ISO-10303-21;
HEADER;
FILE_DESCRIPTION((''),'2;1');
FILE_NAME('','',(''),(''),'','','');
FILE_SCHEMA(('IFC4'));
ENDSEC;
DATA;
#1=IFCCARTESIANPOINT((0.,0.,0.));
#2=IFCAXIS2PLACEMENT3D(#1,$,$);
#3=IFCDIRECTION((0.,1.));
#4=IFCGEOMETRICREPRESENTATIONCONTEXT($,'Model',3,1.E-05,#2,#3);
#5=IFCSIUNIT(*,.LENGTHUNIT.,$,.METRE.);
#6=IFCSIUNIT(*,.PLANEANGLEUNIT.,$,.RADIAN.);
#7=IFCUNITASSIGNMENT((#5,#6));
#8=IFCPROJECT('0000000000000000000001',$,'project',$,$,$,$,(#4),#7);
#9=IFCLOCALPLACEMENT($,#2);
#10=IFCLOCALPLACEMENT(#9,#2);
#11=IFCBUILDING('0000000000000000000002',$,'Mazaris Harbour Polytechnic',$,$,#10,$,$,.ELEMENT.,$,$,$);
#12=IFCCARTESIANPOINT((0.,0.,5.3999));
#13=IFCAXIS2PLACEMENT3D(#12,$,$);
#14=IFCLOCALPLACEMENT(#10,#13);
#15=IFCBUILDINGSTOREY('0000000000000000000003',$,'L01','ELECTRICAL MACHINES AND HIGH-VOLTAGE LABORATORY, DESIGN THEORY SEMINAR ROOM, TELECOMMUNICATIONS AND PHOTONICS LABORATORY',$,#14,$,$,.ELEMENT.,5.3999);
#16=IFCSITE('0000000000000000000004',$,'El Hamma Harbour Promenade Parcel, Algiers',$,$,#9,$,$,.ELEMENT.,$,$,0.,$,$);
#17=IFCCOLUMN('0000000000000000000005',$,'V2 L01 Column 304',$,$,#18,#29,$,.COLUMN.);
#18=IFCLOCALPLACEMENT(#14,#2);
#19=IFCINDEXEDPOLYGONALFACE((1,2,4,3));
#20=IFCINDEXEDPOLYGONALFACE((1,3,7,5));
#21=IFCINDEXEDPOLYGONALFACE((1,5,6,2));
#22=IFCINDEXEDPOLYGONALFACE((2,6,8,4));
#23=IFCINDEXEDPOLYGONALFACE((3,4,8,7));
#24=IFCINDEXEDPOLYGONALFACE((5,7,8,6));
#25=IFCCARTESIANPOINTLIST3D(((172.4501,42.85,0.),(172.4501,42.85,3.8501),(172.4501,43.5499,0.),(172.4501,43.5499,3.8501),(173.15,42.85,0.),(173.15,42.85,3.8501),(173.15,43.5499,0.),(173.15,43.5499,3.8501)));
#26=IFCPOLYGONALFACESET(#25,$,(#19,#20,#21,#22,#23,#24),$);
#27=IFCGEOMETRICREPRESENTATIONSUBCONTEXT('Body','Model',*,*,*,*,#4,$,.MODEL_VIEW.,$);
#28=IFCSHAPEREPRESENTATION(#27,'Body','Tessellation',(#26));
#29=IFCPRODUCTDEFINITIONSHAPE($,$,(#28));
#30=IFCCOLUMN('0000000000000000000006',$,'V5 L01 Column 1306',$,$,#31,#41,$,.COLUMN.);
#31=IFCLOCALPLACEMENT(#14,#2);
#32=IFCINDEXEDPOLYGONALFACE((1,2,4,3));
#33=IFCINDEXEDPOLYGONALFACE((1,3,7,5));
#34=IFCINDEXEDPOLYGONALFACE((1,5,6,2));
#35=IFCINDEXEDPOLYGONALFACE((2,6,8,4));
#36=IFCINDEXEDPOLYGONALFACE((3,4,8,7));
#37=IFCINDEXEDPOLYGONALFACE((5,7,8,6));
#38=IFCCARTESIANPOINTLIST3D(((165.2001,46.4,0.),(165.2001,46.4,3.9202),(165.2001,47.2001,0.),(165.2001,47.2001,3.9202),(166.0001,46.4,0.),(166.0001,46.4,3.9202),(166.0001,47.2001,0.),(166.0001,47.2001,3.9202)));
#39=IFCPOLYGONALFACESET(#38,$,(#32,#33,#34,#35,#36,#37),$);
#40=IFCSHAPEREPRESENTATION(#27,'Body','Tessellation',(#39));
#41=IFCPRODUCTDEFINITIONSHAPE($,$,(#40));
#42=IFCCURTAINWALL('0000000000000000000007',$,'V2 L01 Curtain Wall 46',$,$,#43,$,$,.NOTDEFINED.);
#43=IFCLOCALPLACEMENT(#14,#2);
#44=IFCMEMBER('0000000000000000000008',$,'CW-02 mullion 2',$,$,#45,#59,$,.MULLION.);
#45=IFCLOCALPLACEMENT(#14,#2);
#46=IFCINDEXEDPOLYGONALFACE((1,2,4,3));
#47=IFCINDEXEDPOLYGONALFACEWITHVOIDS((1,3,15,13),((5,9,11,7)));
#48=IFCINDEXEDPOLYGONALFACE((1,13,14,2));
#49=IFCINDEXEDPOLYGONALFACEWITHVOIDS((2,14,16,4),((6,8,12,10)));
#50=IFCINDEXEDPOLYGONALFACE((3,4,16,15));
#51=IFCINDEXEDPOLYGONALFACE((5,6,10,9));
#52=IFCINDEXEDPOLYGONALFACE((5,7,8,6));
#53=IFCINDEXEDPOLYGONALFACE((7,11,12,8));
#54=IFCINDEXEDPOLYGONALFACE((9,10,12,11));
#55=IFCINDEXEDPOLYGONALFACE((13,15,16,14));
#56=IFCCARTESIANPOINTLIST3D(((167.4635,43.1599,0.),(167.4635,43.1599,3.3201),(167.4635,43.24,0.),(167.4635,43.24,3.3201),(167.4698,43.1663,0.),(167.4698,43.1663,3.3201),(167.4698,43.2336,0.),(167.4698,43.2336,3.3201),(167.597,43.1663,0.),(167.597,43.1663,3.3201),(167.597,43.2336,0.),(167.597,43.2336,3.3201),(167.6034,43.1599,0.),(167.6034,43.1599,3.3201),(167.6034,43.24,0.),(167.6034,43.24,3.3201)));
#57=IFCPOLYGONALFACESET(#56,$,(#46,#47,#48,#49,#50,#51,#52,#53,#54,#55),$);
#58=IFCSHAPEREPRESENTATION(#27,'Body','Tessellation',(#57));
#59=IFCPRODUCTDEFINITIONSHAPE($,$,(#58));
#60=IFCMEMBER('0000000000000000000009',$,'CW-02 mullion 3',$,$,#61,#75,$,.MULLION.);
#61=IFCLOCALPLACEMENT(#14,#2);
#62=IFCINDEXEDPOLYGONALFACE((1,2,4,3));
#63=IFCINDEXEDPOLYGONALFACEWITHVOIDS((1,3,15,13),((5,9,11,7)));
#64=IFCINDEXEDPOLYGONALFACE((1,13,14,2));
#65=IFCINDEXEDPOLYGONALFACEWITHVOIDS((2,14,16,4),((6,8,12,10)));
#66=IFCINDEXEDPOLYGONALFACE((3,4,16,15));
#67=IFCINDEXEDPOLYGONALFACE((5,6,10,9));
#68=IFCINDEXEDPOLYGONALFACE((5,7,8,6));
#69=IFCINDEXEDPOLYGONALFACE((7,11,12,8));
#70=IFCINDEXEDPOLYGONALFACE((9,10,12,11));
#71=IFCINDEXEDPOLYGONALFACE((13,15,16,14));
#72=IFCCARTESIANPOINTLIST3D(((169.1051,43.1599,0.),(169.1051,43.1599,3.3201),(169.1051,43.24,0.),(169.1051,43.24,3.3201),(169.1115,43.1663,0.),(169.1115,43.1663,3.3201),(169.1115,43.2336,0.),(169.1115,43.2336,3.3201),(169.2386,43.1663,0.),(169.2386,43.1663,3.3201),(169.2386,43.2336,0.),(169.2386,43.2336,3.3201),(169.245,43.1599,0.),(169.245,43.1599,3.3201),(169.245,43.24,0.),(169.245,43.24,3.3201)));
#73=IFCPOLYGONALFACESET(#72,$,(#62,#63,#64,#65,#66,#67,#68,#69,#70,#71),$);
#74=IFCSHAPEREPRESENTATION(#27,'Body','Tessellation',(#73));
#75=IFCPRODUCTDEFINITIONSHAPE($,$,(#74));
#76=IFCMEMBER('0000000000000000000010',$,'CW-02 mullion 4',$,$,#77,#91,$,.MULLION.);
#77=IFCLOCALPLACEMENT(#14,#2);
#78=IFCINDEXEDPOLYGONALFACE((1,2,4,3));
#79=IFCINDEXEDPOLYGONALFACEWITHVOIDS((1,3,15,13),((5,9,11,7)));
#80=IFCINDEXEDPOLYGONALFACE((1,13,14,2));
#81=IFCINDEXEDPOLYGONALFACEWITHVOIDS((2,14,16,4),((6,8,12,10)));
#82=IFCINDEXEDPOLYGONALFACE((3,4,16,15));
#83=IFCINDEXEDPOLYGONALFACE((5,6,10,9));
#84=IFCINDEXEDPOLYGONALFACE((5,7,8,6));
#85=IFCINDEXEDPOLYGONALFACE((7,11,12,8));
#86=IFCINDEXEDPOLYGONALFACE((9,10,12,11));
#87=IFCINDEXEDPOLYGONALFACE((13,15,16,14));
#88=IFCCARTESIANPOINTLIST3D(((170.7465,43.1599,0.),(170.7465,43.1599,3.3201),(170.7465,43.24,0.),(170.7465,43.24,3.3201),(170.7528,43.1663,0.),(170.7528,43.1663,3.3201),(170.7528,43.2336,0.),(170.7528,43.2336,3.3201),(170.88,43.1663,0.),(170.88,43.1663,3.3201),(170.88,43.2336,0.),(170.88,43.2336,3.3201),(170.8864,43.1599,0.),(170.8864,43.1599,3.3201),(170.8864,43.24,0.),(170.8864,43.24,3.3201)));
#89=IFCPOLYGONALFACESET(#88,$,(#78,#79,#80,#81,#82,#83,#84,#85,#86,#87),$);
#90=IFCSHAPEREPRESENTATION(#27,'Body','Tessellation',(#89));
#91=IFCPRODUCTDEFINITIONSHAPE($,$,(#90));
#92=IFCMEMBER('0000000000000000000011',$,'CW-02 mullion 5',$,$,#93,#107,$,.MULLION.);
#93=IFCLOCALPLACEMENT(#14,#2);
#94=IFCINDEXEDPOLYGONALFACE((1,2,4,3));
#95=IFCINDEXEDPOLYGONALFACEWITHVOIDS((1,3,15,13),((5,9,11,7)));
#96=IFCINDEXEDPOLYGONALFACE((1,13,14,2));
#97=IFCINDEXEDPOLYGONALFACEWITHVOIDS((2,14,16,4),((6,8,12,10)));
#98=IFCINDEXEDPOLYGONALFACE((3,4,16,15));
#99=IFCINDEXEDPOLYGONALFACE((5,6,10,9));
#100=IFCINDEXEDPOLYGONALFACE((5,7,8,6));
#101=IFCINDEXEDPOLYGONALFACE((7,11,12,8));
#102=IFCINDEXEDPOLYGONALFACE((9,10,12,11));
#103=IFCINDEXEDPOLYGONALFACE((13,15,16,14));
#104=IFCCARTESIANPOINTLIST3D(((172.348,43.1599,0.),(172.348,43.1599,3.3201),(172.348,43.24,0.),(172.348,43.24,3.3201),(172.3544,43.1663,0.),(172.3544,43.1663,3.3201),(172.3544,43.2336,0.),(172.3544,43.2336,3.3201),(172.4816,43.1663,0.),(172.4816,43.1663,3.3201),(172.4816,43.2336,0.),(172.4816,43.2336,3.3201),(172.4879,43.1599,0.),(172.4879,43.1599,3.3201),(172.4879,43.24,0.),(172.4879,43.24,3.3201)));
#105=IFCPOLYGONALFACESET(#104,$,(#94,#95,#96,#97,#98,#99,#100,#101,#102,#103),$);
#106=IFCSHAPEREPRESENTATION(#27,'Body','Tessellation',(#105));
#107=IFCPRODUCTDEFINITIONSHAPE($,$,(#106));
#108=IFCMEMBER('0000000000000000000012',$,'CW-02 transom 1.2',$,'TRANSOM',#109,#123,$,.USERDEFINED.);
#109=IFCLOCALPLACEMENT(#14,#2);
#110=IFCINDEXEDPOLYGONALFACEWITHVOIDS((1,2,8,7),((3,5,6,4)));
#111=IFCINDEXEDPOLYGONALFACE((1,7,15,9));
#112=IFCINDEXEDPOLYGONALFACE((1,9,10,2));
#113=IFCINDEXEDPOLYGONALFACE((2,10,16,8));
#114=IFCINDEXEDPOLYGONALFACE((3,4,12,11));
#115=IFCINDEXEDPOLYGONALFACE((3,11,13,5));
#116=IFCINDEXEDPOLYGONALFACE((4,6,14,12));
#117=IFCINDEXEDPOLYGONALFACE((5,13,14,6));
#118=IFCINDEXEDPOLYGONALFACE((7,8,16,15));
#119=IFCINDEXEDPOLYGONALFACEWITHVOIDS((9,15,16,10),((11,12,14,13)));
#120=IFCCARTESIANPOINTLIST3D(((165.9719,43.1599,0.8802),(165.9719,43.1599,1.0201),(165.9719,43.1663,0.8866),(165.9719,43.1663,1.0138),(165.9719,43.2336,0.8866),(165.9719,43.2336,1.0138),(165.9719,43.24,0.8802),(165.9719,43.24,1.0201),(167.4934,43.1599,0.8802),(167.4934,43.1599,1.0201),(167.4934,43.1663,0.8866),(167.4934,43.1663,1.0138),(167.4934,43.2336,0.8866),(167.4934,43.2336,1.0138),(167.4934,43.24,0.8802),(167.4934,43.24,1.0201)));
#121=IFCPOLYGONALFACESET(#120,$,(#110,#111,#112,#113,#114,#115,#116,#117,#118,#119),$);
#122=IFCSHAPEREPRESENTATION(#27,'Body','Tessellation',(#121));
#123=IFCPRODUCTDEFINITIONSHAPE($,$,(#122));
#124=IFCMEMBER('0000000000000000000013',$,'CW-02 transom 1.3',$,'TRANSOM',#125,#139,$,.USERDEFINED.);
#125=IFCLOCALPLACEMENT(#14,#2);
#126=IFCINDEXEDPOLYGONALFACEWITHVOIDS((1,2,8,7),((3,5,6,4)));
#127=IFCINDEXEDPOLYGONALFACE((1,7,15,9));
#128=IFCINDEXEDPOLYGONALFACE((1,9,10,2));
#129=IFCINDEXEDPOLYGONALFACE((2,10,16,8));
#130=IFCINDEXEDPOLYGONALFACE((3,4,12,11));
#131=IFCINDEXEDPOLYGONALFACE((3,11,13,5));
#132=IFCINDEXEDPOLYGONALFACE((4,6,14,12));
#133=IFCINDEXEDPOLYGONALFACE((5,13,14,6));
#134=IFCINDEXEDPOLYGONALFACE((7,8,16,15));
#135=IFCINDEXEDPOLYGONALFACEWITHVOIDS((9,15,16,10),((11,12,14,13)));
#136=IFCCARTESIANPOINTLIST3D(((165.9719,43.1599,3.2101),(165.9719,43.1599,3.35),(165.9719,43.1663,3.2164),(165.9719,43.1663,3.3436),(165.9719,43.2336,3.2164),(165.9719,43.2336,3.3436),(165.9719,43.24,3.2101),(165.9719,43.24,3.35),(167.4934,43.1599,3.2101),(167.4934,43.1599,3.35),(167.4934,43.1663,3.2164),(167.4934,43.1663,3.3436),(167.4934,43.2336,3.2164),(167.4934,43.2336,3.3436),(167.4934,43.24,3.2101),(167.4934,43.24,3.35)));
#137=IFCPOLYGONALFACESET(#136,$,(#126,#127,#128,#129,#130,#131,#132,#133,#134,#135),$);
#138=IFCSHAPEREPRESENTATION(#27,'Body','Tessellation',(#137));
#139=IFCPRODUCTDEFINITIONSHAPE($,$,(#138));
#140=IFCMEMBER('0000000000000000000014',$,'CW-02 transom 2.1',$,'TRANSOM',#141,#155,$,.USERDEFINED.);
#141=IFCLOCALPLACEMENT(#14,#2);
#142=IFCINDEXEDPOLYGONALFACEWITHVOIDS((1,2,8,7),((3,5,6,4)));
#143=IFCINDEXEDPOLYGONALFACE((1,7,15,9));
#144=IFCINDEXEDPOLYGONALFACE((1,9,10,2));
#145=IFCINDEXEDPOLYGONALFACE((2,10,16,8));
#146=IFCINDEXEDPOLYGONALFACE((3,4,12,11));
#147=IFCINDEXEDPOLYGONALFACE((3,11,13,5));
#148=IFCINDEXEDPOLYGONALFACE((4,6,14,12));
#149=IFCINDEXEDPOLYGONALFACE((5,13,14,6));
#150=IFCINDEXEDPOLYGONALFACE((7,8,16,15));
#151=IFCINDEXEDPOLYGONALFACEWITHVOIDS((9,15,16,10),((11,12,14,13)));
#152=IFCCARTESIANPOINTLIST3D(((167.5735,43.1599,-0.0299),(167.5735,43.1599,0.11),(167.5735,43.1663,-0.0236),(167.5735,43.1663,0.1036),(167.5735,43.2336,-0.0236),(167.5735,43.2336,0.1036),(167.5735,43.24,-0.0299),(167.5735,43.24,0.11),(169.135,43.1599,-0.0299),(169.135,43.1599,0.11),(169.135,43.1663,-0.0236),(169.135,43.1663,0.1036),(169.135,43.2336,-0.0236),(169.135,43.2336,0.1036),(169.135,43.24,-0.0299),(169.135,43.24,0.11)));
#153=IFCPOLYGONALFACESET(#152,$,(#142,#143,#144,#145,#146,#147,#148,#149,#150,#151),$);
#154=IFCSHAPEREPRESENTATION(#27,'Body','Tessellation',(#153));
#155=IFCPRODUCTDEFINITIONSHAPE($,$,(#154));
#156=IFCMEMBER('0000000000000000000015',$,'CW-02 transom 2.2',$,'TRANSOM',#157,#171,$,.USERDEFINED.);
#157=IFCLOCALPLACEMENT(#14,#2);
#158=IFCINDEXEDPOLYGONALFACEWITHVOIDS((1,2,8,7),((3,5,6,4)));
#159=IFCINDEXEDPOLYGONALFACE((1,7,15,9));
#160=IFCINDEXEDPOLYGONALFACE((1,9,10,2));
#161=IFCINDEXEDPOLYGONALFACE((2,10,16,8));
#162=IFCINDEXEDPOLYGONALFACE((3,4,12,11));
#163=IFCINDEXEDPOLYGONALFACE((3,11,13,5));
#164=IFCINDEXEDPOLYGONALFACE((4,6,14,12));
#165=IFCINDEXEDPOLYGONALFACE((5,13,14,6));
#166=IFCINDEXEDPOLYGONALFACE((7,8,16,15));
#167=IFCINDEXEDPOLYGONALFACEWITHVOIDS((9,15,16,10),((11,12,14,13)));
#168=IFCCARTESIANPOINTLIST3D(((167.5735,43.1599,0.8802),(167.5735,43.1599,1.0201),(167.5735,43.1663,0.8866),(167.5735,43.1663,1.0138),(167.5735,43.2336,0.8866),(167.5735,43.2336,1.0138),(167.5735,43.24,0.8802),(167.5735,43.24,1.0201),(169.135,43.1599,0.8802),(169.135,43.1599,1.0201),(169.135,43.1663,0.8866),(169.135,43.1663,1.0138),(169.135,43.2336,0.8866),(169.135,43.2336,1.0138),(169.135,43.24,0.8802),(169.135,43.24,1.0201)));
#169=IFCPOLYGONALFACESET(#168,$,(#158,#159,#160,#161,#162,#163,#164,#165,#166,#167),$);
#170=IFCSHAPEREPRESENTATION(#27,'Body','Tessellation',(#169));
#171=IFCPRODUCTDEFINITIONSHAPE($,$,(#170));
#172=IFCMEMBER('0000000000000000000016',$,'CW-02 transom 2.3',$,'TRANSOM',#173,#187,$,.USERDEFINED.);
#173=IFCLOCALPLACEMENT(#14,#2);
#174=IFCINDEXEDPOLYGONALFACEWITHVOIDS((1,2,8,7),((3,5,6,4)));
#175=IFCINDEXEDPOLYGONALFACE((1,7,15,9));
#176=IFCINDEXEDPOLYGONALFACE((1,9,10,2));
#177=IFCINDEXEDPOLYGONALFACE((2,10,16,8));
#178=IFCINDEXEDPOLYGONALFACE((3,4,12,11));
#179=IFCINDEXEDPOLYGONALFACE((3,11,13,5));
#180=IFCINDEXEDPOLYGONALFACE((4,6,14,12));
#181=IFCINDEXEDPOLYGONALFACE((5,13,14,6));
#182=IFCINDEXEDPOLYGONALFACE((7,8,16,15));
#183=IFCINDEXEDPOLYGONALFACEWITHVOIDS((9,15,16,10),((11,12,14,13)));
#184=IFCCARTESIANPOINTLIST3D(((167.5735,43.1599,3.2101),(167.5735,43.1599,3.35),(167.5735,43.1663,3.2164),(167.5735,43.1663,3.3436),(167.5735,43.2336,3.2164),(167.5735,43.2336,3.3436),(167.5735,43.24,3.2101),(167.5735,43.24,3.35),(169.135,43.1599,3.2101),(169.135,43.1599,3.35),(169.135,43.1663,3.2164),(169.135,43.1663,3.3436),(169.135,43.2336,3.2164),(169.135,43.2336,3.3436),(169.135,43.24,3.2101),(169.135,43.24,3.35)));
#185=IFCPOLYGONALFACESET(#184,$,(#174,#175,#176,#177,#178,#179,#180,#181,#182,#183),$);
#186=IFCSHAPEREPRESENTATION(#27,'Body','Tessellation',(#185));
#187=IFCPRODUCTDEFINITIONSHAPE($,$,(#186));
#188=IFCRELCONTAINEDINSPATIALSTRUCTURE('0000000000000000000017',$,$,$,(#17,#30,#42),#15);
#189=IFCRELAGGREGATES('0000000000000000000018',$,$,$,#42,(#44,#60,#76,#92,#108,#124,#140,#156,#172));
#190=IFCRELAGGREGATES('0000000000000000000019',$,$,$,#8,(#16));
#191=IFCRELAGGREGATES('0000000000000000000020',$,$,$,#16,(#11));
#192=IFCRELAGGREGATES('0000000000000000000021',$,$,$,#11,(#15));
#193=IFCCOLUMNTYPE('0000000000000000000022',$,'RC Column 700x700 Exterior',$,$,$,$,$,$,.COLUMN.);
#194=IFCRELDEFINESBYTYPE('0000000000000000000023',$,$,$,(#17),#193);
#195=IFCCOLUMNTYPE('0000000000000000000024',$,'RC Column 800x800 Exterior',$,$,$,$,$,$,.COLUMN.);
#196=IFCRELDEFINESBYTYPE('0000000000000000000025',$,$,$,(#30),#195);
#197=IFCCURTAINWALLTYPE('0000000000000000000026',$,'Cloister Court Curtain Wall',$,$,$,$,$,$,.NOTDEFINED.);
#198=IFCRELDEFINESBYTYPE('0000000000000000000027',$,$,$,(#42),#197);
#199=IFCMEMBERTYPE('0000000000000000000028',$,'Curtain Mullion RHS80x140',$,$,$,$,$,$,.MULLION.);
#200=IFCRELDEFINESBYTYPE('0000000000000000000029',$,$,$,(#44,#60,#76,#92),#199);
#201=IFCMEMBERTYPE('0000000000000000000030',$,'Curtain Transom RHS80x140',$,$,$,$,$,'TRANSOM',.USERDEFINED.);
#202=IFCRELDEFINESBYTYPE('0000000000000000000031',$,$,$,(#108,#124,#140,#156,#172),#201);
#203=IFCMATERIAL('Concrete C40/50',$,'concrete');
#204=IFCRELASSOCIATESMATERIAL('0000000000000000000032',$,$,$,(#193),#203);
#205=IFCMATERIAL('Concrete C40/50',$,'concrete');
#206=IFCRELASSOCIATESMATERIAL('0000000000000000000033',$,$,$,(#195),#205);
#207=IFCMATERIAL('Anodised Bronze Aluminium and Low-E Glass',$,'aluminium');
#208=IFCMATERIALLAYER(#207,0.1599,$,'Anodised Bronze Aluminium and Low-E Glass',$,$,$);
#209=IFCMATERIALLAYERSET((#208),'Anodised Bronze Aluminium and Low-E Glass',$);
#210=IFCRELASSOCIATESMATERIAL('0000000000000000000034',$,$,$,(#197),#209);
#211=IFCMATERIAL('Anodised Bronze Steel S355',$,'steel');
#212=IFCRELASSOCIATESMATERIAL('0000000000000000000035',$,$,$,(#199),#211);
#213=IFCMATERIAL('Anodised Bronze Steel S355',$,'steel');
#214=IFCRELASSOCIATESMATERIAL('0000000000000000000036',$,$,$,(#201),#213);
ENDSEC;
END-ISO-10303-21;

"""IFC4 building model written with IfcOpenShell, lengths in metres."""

from ifc_helpers import new_model, si_unit, direction, frame, origin, origin_2d, place, context, subcontext, project, spatial, rectangle, hollow_rectangle, extrude, material, layer, layer_set, material_profile, profile_set, type_object, element, aggregate, save


model = new_model("IFC4")

# Units and contexts
model_context = context("Model", 3, precision=1e-05, world=origin(), true_north=direction((0.0, 1.0)))
body_context = subcontext(model_context, "Body", "Model", "MODEL_VIEW")
ifc_project = project(units=[si_unit("LENGTHUNIT", "METRE"), si_unit("PLANEANGLEUNIT", "RADIAN")], contexts=[model_context])

# Site, building, storey
site_placement = place(None, origin())
site = spatial("IfcSite", under=ifc_project, at=site_placement, Name="El Hamma Harbour Promenade Parcel, Algiers", CompositionType="ELEMENT", RefElevation=0.0)
building_placement = place(site_placement, origin())
building = spatial("IfcBuilding", under=site, at=building_placement, Name="Mazaris Harbour Polytechnic", CompositionType="ELEMENT")
storey_placement = place(building_placement, frame((0.0, 0.0, 5.3999)))
storey = spatial("IfcBuildingStorey", under=building, at=storey_placement, Name="L01", Description="ELECTRICAL MACHINES AND HIGH-VOLTAGE LABORATORY, DESIGN THEORY SEMINAR ROOM, TELECOMMUNICATIONS AND PHOTONICS LABORATORY", CompositionType="ELEMENT", Elevation=5.3999)

# Columns
ifc_material_1 = material(Name="Concrete C40/50", Category="concrete")
ifc_material_profile_1 = material_profile(ifc_material_1, rectangle(XDim=0.7, YDim=0.7, at=origin_2d()), Name="RECT700x700")
ifc_profile_set_1 = profile_set([ifc_material_profile_1], Name="Concrete C40/50")
column_type_1 = type_object("IfcColumnType", Name="RC Column 700x700 Exterior", PredefinedType="COLUMN", material=ifc_profile_set_1)
column_1_placement = place(storey_placement, frame((172.8, 43.2, 0.0), z_axis=(0.0, 0.0, 1.0), x_axis=(1.0, 0.0, 0.0)))
element("IfcColumn", 1, at=column_1_placement, inside=storey, type_object=column_type_1, Name="V2 L01 Column 304", PredefinedType="COLUMN", context=body_context, shape_type="SweptSolid", body=[
    extrude(rectangle(XDim=0.7, YDim=0.7, at=origin_2d()), origin(), (0.0, 0.0, 1.0), 3.8501),
])
ifc_material_2 = material(Name="Concrete C40/50", Category="concrete")
ifc_material_profile_2 = material_profile(ifc_material_2, rectangle(XDim=0.8, YDim=0.8, at=origin_2d()), Name="RECT800x800")
ifc_profile_set_2 = profile_set([ifc_material_profile_2], Name="Concrete C40/50")
column_type_2 = type_object("IfcColumnType", Name="RC Column 800x800 Exterior", PredefinedType="COLUMN", material=ifc_profile_set_2)
column_2_placement = place(storey_placement, frame((165.6001, 46.8, 0.0), z_axis=(0.0, 0.0, 1.0), x_axis=(1.0, 0.0, 0.0)))
element("IfcColumn", 2, at=column_2_placement, inside=storey, type_object=column_type_2, Name="V5 L01 Column 1306", PredefinedType="COLUMN", context=body_context, shape_type="SweptSolid", body=[
    extrude(rectangle(XDim=0.8, YDim=0.8, at=origin_2d()), origin(), (0.0, 0.0, 1.0), 3.9202),
])

# Curtain wall, members
ifc_material_3 = material(Name="Anodised Bronze Aluminium and Low-E Glass", Category="aluminium")
ifc_layer_1 = layer(ifc_material_3, 0.1599, Name="Anodised Bronze Aluminium and Low-E Glass")
ifc_layer_set_1 = layer_set([ifc_layer_1], Name="Anodised Bronze Aluminium and Low-E Glass")
curtain_wall_type = type_object("IfcCurtainWallType", Name="Cloister Court Curtain Wall", PredefinedType="NOTDEFINED", material=ifc_layer_set_1)
curtain_wall_placement = place(storey_placement, origin())
curtain_wall = element("IfcCurtainWall", 3, at=curtain_wall_placement, inside=storey, type_object=curtain_wall_type, Name="V2 L01 Curtain Wall 46", PredefinedType="NOTDEFINED")
ifc_material_4 = material(Name="Anodised Bronze Steel S355", Category="steel")
ifc_material_profile_3 = material_profile(ifc_material_4, hollow_rectangle(XDim=0.0801, YDim=0.1399, WallThickness=0.0063, at=origin_2d()), Name="RHS 80x140x6.3")
ifc_profile_set_3 = profile_set([ifc_material_profile_3], Name="Anodised Bronze Steel S355")
member_type_1 = type_object("IfcMemberType", Name="Curtain Mullion RHS80x140", PredefinedType="MULLION", material=ifc_profile_set_3)
member_1_placement = place(storey_placement, frame((167.5334, 43.2, 0.0), z_axis=(0.0, 0.0, 1.0), x_axis=(0.0, 1.0, 0.0)))
member_1 = element("IfcMember", 4, at=member_1_placement, type_object=member_type_1, Name="CW-02 mullion 2", PredefinedType="MULLION", context=body_context, shape_type="SweptSolid", body=[
    extrude(hollow_rectangle(XDim=0.0801, YDim=0.1399, WallThickness=0.0063, at=origin_2d()), origin(), (0.0, 0.0, 1.0), 3.3201),
])
member_2_placement = place(storey_placement, frame((169.175, 43.2, 0.0), z_axis=(0.0, 0.0, 1.0), x_axis=(0.0, 1.0, 0.0)))
member_2 = element("IfcMember", 5, at=member_2_placement, type_object=member_type_1, Name="CW-02 mullion 3", PredefinedType="MULLION", context=body_context, shape_type="SweptSolid", body=[
    extrude(hollow_rectangle(XDim=0.0801, YDim=0.1399, WallThickness=0.0063, at=origin_2d()), origin(), (0.0, 0.0, 1.0), 3.3201),
])
member_3_placement = place(storey_placement, frame((170.8164, 43.2, 0.0), z_axis=(0.0, 0.0, 1.0), x_axis=(0.0, 1.0, 0.0)))
member_3 = element("IfcMember", 6, at=member_3_placement, type_object=member_type_1, Name="CW-02 mullion 4", PredefinedType="MULLION", context=body_context, shape_type="SweptSolid", body=[
    extrude(hollow_rectangle(XDim=0.0801, YDim=0.1399, WallThickness=0.0063, at=origin_2d()), origin(), (0.0, 0.0, 1.0), 3.3201),
])
member_4_placement = place(storey_placement, frame((172.418, 43.2, 0.0), z_axis=(0.0, 0.0, 1.0), x_axis=(0.0, 1.0, 0.0)))
member_4 = element("IfcMember", 7, at=member_4_placement, type_object=member_type_1, Name="CW-02 mullion 5", PredefinedType="MULLION", context=body_context, shape_type="SweptSolid", body=[
    extrude(hollow_rectangle(XDim=0.0801, YDim=0.1399, WallThickness=0.0063, at=origin_2d()), origin(), (0.0, 0.0, 1.0), 3.3201),
])
ifc_material_5 = material(Name="Anodised Bronze Steel S355", Category="steel")
ifc_material_profile_4 = material_profile(ifc_material_5, hollow_rectangle(XDim=0.0801, YDim=0.1399, WallThickness=0.0063, at=origin_2d()), Name="RHS 80x140x6.3")
ifc_profile_set_4 = profile_set([ifc_material_profile_4], Name="Anodised Bronze Steel S355")
member_type_2 = type_object("IfcMemberType", Name="Curtain Transom RHS80x140", ElementType="TRANSOM", PredefinedType="USERDEFINED", material=ifc_profile_set_4)
member_5_placement = place(storey_placement, frame((165.9719, 43.2, 0.9502), z_axis=(1.0, 0.0, 0.0), x_axis=(0.0, 1.0, 0.0)))
member_5 = element("IfcMember", 8, at=member_5_placement, type_object=member_type_2, Name="CW-02 transom 1.2", ObjectType="TRANSOM", PredefinedType="USERDEFINED", context=body_context, shape_type="SweptSolid", body=[
    extrude(hollow_rectangle(XDim=0.0801, YDim=0.1399, WallThickness=0.0063, at=origin_2d()), origin(), (0.0, 0.0, 1.0), 1.5215),
])
member_6_placement = place(storey_placement, frame((165.9719, 43.2, 3.28), z_axis=(1.0, 0.0, 0.0), x_axis=(0.0, 1.0, 0.0)))
member_6 = element("IfcMember", 9, at=member_6_placement, type_object=member_type_2, Name="CW-02 transom 1.3", ObjectType="TRANSOM", PredefinedType="USERDEFINED", context=body_context, shape_type="SweptSolid", body=[
    extrude(hollow_rectangle(XDim=0.0801, YDim=0.1399, WallThickness=0.0063, at=origin_2d()), origin(), (0.0, 0.0, 1.0), 1.5215),
])
member_7_placement = place(storey_placement, frame((167.5735, 43.2, 0.04), z_axis=(1.0, 0.0, 0.0), x_axis=(0.0, 1.0, 0.0)))
member_7 = element("IfcMember", 10, at=member_7_placement, type_object=member_type_2, Name="CW-02 transom 2.1", ObjectType="TRANSOM", PredefinedType="USERDEFINED", context=body_context, shape_type="SweptSolid", body=[
    extrude(hollow_rectangle(XDim=0.0801, YDim=0.1399, WallThickness=0.0063, at=origin_2d()), origin(), (0.0, 0.0, 1.0), 1.5615),
])
member_8_placement = place(storey_placement, frame((167.5735, 43.2, 0.9502), z_axis=(1.0, 0.0, 0.0), x_axis=(0.0, 1.0, 0.0)))
member_8 = element("IfcMember", 11, at=member_8_placement, type_object=member_type_2, Name="CW-02 transom 2.2", ObjectType="TRANSOM", PredefinedType="USERDEFINED", context=body_context, shape_type="SweptSolid", body=[
    extrude(hollow_rectangle(XDim=0.0801, YDim=0.1399, WallThickness=0.0063, at=origin_2d()), origin(), (0.0, 0.0, 1.0), 1.5615),
])
member_9_placement = place(storey_placement, frame((167.5735, 43.2, 3.28), z_axis=(1.0, 0.0, 0.0), x_axis=(0.0, 1.0, 0.0)))
member_9 = element("IfcMember", 12, at=member_9_placement, type_object=member_type_2, Name="CW-02 transom 2.3", ObjectType="TRANSOM", PredefinedType="USERDEFINED", context=body_context, shape_type="SweptSolid", body=[
    extrude(hollow_rectangle(XDim=0.0801, YDim=0.1399, WallThickness=0.0063, at=origin_2d()), origin(), (0.0, 0.0, 1.0), 1.5615),
])
aggregate(curtain_wall, [member_1, member_2, member_3, member_4, member_5, member_6, member_7, member_8, member_9])

save(model, "model.ifc")
